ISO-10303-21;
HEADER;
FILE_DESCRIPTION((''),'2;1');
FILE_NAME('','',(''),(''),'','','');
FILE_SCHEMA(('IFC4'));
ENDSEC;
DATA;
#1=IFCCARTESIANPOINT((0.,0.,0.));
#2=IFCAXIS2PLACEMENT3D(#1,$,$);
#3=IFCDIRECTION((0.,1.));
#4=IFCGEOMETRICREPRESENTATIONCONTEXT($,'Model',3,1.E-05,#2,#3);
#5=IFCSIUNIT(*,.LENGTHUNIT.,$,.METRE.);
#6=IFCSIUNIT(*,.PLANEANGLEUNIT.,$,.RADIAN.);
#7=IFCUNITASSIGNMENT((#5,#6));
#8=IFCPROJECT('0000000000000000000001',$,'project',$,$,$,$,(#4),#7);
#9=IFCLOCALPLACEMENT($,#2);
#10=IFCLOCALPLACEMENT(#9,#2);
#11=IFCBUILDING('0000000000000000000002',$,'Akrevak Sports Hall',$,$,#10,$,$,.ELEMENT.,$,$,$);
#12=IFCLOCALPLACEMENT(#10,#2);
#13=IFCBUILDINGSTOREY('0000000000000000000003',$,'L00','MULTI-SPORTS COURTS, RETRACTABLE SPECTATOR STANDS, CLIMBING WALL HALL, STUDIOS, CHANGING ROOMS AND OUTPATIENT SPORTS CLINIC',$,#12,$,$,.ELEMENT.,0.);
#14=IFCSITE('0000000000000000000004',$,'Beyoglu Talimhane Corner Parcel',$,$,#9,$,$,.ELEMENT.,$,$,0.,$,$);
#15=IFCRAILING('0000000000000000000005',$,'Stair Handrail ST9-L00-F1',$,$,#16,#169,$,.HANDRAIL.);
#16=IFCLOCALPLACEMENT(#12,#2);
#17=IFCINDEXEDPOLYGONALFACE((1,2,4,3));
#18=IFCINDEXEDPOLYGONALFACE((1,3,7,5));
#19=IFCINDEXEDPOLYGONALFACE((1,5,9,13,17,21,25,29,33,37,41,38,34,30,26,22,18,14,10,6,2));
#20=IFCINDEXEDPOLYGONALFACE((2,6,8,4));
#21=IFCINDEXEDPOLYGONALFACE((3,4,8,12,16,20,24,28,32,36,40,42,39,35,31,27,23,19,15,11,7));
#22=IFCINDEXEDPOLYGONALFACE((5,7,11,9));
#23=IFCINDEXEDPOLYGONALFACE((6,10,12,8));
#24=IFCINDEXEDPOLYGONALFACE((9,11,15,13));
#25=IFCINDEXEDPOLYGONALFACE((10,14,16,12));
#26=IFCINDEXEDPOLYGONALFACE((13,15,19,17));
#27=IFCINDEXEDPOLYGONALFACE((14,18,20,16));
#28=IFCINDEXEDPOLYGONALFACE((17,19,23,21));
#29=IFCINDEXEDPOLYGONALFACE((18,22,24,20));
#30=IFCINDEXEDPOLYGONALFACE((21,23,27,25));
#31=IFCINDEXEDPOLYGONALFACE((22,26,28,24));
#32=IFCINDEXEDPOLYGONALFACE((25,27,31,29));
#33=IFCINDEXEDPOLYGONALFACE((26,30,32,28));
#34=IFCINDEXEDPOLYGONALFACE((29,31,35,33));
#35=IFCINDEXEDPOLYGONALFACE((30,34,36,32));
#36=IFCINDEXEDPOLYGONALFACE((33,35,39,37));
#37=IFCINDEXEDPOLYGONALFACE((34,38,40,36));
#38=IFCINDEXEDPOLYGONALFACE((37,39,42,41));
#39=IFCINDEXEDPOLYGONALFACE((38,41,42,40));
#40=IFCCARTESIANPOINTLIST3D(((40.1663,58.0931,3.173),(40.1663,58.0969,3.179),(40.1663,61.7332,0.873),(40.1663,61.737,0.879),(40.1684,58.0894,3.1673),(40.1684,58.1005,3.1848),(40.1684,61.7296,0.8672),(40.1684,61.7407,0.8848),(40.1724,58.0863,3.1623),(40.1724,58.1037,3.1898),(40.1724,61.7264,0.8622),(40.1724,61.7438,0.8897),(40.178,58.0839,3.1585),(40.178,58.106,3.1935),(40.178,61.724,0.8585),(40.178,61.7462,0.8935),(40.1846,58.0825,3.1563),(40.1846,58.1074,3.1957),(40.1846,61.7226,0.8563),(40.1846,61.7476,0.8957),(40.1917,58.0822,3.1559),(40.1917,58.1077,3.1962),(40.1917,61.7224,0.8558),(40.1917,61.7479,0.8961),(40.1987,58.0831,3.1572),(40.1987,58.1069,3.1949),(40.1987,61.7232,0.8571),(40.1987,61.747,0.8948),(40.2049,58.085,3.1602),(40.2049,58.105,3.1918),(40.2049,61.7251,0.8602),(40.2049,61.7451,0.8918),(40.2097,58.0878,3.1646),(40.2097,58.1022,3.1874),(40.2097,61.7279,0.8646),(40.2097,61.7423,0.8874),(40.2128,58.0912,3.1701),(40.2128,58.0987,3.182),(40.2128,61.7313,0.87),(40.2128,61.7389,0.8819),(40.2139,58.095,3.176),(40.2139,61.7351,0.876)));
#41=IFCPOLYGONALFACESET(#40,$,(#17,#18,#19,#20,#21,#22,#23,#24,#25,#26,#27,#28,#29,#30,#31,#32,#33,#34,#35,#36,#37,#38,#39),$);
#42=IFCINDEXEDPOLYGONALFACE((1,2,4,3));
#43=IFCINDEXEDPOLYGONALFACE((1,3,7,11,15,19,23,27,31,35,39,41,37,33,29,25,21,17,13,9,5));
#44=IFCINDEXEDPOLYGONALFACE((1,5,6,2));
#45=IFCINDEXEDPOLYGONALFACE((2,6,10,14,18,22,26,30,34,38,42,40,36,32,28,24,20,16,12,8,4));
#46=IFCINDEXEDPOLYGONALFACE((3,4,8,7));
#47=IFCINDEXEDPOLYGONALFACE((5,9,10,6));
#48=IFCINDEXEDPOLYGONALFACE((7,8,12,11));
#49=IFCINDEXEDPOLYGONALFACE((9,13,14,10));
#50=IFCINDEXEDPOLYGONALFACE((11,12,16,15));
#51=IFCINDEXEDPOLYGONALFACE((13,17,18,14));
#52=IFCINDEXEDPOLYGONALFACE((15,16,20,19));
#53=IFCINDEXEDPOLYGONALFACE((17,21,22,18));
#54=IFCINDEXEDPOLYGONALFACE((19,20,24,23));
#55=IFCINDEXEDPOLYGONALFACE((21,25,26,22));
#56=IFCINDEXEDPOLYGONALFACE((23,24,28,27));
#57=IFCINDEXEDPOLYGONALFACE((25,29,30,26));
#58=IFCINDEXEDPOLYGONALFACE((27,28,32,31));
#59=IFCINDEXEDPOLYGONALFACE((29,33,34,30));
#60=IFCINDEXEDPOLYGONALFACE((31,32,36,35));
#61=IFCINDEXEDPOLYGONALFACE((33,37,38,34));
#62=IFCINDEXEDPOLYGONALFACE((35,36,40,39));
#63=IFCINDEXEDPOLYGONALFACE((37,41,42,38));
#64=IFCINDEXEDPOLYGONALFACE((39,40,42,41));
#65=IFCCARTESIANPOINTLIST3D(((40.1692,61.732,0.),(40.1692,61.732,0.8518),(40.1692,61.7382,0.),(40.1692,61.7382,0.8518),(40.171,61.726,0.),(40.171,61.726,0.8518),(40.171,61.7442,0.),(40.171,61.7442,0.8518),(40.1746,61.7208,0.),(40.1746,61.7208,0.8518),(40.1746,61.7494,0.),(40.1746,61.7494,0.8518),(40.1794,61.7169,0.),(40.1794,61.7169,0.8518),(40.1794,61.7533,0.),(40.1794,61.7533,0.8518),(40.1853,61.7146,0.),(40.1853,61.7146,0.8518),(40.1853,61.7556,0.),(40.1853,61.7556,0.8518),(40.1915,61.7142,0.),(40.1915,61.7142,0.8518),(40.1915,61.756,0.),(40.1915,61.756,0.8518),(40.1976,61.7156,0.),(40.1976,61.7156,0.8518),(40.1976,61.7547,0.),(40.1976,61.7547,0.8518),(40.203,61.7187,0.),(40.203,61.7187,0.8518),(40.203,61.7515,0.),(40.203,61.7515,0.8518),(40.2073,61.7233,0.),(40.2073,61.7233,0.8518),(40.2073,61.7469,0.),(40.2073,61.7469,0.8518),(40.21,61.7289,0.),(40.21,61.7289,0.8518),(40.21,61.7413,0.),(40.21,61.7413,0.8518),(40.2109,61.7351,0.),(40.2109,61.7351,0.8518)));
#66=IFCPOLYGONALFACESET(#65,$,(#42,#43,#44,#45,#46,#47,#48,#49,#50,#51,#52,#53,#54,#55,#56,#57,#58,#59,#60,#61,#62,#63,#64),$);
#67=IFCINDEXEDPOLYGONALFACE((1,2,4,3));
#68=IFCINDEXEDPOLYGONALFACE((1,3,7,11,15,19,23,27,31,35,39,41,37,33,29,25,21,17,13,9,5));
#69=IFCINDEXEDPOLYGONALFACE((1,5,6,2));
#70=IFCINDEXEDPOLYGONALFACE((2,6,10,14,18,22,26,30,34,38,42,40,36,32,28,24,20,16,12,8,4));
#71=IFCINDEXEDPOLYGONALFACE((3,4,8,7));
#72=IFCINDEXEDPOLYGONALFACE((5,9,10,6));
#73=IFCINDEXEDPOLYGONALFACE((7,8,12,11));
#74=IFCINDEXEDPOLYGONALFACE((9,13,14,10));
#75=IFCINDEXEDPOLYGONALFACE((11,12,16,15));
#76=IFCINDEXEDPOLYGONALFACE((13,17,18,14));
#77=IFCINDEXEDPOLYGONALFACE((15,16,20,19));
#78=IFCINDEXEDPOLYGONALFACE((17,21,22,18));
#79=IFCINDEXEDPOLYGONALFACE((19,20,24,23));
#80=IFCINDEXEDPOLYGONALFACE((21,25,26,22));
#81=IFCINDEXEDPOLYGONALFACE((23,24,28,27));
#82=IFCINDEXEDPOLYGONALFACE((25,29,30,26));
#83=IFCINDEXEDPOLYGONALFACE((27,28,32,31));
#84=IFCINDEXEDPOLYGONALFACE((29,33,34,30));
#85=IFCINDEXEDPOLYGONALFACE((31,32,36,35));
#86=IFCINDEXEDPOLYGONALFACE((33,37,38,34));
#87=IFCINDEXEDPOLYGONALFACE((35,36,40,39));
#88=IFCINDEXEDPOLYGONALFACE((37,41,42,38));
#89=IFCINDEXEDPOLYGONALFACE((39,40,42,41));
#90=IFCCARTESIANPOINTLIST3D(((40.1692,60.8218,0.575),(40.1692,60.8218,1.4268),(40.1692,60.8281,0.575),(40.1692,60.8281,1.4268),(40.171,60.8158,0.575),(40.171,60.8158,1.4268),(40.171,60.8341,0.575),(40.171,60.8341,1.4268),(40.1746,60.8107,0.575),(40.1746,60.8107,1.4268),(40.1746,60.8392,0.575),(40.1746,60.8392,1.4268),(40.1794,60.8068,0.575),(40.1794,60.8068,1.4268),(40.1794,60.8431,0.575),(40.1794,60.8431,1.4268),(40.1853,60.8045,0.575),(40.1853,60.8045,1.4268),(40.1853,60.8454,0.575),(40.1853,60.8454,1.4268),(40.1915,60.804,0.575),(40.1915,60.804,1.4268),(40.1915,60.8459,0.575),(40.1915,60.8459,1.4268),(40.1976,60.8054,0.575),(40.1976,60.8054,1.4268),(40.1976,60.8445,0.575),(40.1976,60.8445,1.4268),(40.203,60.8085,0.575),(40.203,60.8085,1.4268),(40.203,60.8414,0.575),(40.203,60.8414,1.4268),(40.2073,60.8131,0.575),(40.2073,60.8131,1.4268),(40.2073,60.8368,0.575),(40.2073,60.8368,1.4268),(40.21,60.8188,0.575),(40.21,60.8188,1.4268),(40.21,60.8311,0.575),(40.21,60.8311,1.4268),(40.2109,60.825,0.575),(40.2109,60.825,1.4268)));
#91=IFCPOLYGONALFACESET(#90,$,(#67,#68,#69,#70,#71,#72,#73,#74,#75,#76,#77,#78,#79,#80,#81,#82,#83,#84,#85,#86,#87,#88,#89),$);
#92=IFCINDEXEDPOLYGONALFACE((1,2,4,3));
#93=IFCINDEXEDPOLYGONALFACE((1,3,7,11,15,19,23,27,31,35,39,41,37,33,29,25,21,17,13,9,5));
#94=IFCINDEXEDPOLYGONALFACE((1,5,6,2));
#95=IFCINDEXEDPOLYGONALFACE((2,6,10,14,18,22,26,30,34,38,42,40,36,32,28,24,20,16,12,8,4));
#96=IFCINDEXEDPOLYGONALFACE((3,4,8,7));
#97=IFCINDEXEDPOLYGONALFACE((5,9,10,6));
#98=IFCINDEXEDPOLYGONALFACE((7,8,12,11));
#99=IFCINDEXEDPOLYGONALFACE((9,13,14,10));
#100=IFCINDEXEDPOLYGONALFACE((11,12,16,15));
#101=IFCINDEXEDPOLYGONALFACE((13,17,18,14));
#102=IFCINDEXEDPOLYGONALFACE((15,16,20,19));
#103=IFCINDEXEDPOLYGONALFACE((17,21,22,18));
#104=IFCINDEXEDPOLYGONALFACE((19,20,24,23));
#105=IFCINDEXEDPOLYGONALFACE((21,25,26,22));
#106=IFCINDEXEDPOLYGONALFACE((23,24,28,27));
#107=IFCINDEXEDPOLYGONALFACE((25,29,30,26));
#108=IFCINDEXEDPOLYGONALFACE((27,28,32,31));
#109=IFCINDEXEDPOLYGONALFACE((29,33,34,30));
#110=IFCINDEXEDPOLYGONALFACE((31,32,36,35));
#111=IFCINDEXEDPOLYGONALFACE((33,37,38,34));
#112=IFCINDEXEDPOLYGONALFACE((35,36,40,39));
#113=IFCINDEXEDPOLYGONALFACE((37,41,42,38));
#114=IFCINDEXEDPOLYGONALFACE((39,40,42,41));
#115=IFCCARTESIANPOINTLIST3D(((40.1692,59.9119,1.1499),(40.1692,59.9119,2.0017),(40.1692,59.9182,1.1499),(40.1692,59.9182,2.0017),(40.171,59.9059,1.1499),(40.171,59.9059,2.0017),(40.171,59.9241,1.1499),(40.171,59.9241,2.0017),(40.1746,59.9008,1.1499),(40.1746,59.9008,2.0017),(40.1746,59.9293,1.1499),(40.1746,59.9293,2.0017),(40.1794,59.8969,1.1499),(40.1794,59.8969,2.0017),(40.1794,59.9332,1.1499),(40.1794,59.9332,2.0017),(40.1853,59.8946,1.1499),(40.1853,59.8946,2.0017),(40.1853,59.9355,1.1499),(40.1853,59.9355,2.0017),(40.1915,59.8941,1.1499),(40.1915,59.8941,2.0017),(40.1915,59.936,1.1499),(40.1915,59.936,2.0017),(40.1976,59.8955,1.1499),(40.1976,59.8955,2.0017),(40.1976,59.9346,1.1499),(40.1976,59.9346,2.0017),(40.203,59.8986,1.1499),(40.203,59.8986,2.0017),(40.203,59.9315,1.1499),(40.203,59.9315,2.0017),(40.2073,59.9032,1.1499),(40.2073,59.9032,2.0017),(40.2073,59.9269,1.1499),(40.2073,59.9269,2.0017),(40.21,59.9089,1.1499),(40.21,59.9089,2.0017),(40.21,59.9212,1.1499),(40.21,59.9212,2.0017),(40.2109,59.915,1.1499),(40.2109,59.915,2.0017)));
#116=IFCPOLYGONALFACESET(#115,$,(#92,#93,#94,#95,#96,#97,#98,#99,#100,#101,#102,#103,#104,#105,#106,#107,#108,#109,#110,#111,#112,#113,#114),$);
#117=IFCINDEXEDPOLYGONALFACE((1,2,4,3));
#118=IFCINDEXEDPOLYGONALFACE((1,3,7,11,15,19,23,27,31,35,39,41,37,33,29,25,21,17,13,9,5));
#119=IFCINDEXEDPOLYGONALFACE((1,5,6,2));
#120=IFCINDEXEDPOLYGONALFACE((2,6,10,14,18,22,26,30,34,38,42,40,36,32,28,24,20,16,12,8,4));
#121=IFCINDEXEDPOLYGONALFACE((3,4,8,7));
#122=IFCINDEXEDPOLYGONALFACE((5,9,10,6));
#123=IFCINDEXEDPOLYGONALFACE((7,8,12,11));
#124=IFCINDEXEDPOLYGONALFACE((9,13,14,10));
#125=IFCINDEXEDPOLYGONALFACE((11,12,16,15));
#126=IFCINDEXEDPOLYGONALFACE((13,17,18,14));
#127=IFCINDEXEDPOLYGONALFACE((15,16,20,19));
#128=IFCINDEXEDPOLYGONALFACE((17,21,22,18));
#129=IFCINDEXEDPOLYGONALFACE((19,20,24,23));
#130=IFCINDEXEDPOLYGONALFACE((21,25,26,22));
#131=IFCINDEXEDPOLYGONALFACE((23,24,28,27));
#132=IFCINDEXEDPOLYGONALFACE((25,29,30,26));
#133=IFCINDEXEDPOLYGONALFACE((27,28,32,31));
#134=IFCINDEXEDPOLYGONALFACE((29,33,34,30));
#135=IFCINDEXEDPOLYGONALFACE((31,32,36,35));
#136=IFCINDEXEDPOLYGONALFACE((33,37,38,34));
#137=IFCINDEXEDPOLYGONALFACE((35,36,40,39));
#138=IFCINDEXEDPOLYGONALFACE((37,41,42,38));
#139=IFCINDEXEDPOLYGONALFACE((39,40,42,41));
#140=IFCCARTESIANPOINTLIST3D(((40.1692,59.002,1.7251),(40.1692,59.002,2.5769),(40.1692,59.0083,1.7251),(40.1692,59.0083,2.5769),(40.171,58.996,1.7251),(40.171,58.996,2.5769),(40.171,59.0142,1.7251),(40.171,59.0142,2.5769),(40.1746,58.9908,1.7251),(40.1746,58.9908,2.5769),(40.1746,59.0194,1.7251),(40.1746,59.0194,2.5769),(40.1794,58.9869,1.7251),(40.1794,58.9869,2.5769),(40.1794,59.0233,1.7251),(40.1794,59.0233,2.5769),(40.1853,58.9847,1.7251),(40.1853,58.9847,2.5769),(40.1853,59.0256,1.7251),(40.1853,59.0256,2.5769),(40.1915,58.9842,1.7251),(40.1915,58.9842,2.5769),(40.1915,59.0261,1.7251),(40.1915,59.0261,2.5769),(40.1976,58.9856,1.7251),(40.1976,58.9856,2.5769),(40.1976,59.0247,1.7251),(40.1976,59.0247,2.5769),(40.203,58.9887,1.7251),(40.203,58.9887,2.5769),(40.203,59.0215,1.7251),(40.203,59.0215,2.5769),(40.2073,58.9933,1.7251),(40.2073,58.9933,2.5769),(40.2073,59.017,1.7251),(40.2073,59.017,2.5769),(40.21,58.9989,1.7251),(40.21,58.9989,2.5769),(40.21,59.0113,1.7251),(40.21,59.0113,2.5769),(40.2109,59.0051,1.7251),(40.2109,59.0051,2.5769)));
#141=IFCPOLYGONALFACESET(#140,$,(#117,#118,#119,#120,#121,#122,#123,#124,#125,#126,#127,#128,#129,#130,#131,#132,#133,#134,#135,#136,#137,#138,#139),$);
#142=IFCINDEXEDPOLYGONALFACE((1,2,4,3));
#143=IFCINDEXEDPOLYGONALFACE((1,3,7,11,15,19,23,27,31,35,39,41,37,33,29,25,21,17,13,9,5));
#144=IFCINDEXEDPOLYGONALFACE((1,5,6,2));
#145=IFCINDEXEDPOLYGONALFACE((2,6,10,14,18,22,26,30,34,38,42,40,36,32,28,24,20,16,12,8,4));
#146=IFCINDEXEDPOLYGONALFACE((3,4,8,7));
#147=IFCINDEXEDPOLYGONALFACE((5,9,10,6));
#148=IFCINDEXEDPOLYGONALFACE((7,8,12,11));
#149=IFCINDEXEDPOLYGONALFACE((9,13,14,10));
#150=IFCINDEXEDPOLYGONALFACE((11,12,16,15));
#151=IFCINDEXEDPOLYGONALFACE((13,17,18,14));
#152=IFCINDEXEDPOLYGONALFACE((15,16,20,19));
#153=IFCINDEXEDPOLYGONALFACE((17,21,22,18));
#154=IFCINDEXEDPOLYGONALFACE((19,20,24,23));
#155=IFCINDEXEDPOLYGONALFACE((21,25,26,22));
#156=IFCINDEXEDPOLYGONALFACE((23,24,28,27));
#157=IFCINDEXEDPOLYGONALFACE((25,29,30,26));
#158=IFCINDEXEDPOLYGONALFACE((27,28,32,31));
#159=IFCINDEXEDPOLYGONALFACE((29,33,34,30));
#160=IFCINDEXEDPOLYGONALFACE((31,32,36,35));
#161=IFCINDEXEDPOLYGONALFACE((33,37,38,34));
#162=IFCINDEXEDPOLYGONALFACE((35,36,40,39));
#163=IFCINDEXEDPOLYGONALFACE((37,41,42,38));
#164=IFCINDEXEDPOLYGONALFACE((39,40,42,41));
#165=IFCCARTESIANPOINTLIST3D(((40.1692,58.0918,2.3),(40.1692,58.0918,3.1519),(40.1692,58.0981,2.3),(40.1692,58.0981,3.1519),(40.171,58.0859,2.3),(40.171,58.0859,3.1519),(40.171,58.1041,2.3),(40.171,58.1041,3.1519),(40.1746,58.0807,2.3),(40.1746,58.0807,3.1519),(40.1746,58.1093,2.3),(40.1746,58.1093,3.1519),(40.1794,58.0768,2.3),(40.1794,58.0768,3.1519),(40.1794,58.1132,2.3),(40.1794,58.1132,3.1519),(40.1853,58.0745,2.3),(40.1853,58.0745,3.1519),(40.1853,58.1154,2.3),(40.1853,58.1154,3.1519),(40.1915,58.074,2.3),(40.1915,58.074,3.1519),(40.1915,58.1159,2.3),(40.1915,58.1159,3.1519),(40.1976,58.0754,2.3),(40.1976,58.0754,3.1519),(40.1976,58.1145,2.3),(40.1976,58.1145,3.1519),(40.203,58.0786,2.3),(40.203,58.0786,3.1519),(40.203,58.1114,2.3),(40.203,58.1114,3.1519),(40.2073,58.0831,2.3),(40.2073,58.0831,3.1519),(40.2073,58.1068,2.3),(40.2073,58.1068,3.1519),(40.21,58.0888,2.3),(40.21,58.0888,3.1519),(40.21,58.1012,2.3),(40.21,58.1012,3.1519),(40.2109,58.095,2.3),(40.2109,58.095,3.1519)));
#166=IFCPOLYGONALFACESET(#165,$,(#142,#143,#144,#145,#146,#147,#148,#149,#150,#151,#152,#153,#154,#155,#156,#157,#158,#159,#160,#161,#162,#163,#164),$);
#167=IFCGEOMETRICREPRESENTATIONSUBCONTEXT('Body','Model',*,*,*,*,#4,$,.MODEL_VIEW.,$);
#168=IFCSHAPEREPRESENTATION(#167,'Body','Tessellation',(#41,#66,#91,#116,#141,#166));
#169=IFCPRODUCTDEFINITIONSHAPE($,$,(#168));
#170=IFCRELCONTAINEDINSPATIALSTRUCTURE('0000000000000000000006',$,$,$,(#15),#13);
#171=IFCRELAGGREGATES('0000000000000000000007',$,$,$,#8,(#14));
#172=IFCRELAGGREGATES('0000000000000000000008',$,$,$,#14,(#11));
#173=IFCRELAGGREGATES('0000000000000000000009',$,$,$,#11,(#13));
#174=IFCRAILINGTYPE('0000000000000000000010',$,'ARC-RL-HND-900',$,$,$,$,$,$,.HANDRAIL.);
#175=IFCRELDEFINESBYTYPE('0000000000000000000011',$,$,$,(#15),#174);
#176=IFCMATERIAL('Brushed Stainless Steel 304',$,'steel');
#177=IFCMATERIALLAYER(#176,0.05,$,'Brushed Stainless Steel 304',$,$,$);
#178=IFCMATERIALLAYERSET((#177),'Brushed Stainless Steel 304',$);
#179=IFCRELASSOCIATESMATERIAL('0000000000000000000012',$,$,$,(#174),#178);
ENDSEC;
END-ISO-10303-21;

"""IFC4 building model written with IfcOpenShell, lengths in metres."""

from ifc_helpers import new_model, si_unit, direction, frame, origin, origin_2d, place, context, subcontext, project, spatial, circle, extrude, material, layer, layer_set, type_object, element, save


model = new_model("IFC4")

# Units and contexts
model_context = context("Model", 3, precision=1e-05, world=origin(), true_north=direction((0.0, 1.0)))
body_context = subcontext(model_context, "Body", "Model", "MODEL_VIEW")
ifc_project = project(units=[si_unit("LENGTHUNIT", "METRE"), si_unit("PLANEANGLEUNIT", "RADIAN")], contexts=[model_context])

# Site, building, storey
site_placement = place(None, origin())
site = spatial("IfcSite", under=ifc_project, at=site_placement, Name="Beyoglu Talimhane Corner Parcel", CompositionType="ELEMENT", RefElevation=0.0)
building_placement = place(site_placement, origin())
building = spatial("IfcBuilding", under=site, at=building_placement, Name="Akrevak Sports Hall", CompositionType="ELEMENT")
storey_placement = place(building_placement, origin())
storey = spatial("IfcBuildingStorey", under=building, at=storey_placement, Name="L00", Description="MULTI-SPORTS COURTS, RETRACTABLE SPECTATOR STANDS, CLIMBING WALL HALL, STUDIOS, CHANGING ROOMS AND OUTPATIENT SPORTS CLINIC", CompositionType="ELEMENT", Elevation=0.0)

# Railing
ifc_material_1 = material(Name="Brushed Stainless Steel 304", Category="steel")
ifc_layer_1 = layer(ifc_material_1, 0.05, Name="Brushed Stainless Steel 304")
ifc_layer_set_1 = layer_set([ifc_layer_1], Name="Brushed Stainless Steel 304")
railing_type_1 = type_object("IfcRailingType", Name="ARC-RL-HND-900", PredefinedType="HANDRAIL", material=ifc_layer_set_1)
railing_1_placement = place(storey_placement, frame((40.1899, 61.7351, 0.0)))
element("IfcRailing", 1, at=railing_1_placement, inside=storey, type_object=railing_type_1, Name="Stair Handrail ST9-L00-F1", PredefinedType="HANDRAIL", context=body_context, shape_type="SweptSolid", body=[
    extrude(circle(Radius=0.0239, at=origin_2d()), frame((0.0, 0.0, 0.876), z_axis=(0.0, -0.845382, 0.534162), x_axis=(1.0, 0.0, 0.0)), (0.0, 0.0, 1.0), 4.3059),
    extrude(circle(Radius=0.021, at=origin_2d()), origin(), (0.0, 0.0, 1.0), 0.8518),
    extrude(circle(Radius=0.021, at=origin_2d()), frame((0.0, -0.9102, 0.575)), (0.0, 0.0, 1.0), 0.8518),
    extrude(circle(Radius=0.021, at=origin_2d()), frame((0.0, -1.8201, 1.1499)), (0.0, 0.0, 1.0), 0.8518),
    extrude(circle(Radius=0.021, at=origin_2d()), frame((0.0, -2.73, 1.7251)), (0.0, 0.0, 1.0), 0.8518),
    extrude(circle(Radius=0.021, at=origin_2d()), frame((0.0, -3.6401, 2.3)), (0.0, 0.0, 1.0), 0.8518),
])

save(model, "model.ifc")
